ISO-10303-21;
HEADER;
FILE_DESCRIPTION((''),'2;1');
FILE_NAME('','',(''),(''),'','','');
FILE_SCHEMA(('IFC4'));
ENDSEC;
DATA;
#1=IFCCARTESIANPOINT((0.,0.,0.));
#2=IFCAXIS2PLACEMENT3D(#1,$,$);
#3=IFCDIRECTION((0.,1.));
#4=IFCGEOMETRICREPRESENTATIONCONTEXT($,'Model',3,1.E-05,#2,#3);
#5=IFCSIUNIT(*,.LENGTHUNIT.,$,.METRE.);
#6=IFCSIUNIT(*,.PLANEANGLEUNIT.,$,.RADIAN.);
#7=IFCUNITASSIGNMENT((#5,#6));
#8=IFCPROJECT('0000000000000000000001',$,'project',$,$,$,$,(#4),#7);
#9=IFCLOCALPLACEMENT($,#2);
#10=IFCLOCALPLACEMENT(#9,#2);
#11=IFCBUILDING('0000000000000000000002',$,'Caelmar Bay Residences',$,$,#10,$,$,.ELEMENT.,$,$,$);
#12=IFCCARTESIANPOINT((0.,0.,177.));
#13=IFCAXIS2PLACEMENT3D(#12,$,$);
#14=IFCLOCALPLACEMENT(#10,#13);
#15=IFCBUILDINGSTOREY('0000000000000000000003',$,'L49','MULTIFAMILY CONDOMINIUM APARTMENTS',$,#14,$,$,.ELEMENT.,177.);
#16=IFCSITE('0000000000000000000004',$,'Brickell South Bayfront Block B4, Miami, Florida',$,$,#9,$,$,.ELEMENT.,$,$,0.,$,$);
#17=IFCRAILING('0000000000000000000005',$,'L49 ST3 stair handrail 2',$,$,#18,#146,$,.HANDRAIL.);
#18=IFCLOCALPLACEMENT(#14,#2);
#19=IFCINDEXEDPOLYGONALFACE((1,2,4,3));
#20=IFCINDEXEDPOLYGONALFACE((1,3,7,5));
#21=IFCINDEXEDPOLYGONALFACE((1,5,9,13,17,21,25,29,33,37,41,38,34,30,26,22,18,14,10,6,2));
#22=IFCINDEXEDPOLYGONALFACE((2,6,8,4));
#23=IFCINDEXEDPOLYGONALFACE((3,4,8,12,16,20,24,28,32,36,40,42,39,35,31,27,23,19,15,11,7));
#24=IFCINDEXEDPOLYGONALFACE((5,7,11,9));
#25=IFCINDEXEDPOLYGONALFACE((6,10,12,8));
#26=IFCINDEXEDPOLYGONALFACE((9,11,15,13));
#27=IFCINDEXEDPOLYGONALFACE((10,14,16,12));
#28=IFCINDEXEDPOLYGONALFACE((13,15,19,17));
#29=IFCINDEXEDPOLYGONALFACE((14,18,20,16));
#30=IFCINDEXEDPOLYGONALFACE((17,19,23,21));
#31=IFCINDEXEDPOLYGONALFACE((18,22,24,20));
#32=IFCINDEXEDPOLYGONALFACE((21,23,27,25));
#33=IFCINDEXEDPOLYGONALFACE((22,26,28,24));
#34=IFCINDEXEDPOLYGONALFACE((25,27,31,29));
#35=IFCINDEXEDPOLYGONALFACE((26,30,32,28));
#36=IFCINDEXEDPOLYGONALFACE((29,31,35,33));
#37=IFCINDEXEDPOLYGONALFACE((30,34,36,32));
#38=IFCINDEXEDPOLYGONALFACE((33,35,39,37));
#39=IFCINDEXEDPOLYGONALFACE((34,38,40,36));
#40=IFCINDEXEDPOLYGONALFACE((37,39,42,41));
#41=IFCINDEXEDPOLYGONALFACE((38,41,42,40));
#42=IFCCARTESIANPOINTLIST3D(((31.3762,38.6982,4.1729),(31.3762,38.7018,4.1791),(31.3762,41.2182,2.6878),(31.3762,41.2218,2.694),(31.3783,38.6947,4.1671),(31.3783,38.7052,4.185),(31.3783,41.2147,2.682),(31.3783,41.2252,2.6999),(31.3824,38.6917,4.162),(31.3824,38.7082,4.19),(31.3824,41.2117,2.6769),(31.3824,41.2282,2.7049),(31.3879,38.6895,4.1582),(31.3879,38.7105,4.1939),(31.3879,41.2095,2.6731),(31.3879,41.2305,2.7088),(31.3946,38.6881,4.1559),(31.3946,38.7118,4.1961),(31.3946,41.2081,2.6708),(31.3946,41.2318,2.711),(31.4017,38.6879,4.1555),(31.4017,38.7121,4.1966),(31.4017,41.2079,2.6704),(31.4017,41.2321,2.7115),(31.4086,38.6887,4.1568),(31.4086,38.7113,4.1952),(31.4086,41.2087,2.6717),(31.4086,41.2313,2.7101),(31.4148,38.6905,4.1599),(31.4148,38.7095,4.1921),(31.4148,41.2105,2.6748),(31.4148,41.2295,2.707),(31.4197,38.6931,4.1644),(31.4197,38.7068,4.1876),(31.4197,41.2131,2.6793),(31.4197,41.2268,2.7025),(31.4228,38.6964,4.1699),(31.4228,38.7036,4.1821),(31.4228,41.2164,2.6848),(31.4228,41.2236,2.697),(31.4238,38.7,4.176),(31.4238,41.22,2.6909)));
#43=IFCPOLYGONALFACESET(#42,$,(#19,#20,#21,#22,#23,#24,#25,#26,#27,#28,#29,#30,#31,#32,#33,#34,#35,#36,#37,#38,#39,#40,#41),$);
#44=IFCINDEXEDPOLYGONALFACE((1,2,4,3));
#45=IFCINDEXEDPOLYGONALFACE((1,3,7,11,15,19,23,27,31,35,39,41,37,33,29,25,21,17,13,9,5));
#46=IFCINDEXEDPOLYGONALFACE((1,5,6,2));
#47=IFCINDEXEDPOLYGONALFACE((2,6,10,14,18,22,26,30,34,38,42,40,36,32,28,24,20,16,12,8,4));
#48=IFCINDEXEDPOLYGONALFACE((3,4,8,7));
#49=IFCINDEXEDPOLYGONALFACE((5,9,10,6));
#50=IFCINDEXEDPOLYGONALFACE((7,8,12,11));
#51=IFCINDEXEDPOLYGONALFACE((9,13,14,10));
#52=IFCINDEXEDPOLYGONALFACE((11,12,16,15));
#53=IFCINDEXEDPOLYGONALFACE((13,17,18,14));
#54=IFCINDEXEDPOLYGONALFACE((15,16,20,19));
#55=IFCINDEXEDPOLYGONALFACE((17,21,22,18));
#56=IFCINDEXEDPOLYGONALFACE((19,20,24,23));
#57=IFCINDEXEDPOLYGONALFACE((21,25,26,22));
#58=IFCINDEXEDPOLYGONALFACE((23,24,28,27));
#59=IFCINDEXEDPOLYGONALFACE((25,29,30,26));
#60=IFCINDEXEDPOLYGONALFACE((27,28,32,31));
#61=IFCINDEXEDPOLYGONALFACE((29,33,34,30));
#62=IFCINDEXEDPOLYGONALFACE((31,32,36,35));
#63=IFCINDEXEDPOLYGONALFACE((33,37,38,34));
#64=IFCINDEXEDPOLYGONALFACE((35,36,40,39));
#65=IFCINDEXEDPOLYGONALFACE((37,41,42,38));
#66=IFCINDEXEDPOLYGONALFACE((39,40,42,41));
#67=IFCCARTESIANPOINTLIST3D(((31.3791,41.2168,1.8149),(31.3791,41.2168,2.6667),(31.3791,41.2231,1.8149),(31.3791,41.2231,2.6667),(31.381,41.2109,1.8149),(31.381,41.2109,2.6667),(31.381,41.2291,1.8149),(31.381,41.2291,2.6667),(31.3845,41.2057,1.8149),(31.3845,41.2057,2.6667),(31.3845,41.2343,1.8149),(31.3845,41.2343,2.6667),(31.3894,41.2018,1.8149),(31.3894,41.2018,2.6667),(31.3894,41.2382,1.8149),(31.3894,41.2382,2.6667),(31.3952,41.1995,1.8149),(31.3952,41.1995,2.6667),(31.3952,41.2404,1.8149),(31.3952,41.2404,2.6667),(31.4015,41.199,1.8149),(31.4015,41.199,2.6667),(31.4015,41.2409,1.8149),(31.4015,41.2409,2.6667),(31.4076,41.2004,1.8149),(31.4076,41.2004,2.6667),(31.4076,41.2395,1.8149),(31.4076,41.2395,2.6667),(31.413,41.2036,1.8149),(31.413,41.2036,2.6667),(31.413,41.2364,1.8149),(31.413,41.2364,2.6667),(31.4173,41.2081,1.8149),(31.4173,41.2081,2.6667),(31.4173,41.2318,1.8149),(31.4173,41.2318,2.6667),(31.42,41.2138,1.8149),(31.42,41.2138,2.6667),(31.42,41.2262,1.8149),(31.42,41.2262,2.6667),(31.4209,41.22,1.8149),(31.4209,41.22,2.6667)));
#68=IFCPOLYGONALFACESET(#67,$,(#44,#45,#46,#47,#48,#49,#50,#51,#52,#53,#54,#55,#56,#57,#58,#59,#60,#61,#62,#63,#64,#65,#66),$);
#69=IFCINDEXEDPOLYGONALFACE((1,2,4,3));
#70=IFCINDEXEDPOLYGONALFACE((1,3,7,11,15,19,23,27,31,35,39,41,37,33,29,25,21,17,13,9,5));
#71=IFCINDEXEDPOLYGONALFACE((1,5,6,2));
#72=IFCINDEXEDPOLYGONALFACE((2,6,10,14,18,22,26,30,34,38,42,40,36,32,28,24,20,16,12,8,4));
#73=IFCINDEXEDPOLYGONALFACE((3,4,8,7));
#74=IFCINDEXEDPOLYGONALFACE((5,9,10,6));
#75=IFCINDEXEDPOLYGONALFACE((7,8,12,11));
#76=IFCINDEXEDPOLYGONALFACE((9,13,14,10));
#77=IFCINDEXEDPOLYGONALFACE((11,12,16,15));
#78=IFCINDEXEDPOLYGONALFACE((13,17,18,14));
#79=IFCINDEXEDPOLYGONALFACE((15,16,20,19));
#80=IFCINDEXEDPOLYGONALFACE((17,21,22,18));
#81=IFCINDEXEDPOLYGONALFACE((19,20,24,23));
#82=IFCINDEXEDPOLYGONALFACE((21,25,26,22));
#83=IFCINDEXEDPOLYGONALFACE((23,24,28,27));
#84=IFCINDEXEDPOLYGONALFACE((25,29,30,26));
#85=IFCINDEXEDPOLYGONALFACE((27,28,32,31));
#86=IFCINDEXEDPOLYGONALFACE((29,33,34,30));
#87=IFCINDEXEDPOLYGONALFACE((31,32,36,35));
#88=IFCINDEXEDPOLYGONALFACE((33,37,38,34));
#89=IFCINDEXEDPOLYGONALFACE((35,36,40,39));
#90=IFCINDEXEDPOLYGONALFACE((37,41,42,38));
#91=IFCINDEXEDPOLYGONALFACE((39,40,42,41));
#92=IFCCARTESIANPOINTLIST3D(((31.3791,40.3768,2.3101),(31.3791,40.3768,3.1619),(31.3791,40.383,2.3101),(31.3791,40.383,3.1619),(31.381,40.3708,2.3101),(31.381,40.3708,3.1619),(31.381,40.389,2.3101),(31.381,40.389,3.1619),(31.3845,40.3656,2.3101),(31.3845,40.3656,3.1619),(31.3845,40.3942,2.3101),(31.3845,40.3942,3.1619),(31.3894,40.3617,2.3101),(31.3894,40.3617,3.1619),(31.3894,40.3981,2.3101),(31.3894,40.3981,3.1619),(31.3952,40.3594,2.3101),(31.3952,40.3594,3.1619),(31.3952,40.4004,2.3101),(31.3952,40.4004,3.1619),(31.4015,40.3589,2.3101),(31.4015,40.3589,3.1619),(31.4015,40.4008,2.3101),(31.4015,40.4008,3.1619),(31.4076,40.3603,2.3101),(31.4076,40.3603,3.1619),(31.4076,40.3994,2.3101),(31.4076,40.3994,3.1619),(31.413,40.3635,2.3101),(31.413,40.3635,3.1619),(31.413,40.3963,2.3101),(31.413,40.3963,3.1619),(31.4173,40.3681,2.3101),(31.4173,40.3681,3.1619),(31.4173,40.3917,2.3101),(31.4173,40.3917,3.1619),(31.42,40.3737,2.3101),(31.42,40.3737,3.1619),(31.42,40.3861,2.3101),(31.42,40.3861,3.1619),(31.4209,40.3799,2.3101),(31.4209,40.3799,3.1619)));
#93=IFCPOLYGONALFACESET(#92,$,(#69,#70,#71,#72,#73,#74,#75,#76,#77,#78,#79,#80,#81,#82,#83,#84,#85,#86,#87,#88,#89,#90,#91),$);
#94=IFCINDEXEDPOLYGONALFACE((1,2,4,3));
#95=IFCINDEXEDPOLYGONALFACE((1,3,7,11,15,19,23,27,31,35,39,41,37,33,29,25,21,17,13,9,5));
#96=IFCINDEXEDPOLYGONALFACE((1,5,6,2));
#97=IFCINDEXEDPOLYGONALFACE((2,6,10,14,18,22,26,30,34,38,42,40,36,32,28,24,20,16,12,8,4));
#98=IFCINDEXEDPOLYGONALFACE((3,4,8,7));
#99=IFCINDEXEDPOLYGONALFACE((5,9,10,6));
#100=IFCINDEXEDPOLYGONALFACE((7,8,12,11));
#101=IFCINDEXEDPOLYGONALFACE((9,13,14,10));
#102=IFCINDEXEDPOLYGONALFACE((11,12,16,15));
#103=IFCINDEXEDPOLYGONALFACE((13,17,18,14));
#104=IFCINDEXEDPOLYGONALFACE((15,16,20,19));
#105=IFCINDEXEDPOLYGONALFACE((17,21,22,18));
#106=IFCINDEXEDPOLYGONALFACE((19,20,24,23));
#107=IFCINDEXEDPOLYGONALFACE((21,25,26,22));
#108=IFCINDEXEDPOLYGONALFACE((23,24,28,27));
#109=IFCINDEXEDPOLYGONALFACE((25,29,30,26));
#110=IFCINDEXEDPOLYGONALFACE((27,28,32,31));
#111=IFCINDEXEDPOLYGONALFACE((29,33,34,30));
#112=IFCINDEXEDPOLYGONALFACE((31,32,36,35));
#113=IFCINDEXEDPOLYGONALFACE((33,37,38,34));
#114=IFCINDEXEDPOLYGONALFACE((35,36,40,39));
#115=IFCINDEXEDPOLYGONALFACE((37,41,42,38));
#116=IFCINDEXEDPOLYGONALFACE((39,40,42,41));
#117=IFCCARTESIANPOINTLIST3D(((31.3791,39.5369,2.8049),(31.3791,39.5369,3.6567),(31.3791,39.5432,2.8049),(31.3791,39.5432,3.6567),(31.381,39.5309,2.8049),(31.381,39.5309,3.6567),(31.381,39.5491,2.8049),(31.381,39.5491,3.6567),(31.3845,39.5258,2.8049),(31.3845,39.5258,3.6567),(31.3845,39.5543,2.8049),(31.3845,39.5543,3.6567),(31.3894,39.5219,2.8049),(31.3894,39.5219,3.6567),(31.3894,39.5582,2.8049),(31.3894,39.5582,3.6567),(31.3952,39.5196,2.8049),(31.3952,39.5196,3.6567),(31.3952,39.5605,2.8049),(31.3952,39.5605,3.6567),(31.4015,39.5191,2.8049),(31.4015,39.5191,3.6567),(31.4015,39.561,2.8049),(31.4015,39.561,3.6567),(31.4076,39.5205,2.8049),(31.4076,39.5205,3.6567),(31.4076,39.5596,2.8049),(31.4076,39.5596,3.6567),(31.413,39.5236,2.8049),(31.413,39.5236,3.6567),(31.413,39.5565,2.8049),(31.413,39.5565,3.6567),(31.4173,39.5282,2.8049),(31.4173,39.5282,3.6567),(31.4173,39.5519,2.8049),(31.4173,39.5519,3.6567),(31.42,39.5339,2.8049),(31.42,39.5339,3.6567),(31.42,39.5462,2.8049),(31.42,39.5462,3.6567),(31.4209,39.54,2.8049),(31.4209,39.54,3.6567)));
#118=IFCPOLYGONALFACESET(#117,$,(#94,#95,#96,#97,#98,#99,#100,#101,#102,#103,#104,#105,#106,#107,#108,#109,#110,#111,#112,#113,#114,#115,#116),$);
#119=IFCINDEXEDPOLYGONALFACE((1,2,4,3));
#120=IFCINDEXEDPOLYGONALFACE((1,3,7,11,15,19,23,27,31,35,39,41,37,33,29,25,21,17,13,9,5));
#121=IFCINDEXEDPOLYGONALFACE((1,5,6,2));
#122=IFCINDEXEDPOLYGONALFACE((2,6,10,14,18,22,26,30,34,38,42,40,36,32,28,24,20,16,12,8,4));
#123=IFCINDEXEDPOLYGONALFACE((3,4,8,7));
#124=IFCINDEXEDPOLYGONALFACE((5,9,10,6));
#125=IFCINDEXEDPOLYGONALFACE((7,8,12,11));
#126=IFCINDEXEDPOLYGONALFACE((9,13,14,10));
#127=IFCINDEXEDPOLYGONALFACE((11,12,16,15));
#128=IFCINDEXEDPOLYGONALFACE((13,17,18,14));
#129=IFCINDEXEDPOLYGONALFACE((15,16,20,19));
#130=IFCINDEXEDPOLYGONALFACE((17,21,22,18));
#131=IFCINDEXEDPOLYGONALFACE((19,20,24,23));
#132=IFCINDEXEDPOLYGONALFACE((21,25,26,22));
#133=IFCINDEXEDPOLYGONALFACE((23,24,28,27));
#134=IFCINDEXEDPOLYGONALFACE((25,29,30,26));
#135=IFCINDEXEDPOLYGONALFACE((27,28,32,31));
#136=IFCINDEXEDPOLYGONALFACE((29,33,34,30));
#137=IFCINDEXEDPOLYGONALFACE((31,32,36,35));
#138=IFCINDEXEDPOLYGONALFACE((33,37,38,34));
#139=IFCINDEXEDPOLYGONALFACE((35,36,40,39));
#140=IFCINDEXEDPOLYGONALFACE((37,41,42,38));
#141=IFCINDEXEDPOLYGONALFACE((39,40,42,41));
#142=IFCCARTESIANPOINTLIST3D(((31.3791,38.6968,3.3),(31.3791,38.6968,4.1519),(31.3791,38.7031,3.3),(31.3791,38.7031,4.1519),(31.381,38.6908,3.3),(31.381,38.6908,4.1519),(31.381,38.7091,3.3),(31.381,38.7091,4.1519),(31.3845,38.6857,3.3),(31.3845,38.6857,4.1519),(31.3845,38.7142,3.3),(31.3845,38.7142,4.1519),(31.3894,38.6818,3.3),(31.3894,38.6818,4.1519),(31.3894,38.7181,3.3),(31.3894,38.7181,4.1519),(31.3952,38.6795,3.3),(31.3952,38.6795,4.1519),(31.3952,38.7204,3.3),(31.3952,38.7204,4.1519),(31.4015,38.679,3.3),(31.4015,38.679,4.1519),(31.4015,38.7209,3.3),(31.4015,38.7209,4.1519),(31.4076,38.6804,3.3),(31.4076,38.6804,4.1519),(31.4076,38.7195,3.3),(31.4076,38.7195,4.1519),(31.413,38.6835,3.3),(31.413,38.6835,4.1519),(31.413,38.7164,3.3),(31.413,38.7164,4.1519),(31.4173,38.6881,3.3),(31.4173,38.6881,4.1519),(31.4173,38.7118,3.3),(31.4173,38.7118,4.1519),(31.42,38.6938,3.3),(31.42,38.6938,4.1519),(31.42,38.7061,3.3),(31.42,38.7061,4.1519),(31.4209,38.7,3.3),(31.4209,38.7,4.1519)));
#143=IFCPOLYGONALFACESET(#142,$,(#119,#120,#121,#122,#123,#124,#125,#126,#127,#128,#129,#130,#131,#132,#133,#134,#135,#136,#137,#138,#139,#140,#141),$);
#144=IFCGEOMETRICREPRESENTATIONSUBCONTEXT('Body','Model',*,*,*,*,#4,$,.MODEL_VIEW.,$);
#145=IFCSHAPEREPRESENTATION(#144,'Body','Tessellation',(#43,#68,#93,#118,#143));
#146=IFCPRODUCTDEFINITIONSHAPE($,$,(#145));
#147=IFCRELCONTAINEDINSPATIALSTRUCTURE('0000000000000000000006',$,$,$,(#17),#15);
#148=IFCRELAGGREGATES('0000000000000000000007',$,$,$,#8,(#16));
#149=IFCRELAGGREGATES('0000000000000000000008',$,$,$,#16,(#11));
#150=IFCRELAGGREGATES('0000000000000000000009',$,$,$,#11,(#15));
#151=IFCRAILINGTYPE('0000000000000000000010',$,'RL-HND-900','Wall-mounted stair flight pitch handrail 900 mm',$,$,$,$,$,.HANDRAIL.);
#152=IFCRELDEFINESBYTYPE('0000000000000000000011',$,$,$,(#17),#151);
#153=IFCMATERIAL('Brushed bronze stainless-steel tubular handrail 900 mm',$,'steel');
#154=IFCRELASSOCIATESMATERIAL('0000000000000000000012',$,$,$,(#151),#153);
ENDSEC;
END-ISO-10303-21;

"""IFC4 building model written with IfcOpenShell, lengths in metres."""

from ifc_helpers import new_model, si_unit, direction, frame, origin, origin_2d, place, context, subcontext, project, spatial, circle, extrude, material, type_object, element, save


model = new_model("IFC4")

# Units and contexts
model_context = context("Model", 3, precision=1e-05, world=origin(), true_north=direction((0.0, 1.0)))
body_context = subcontext(model_context, "Body", "Model", "MODEL_VIEW")
ifc_project = project(units=[si_unit("LENGTHUNIT", "METRE"), si_unit("PLANEANGLEUNIT", "RADIAN")], contexts=[model_context])

# Site, building, storey
site_placement = place(None, origin())
site = spatial("IfcSite", under=ifc_project, at=site_placement, Name="Brickell South Bayfront Block B4, Miami, Florida", CompositionType="ELEMENT", RefElevation=0.0)
building_placement = place(site_placement, origin())
building = spatial("IfcBuilding", under=site, at=building_placement, Name="Caelmar Bay Residences", CompositionType="ELEMENT")
storey_placement = place(building_placement, frame((0.0, 0.0, 177.0)))
storey = spatial("IfcBuildingStorey", under=building, at=storey_placement, Name="L49", Description="MULTIFAMILY CONDOMINIUM APARTMENTS", CompositionType="ELEMENT", Elevation=177.0)

# Railing
ifc_material_1 = material(Name="Brushed bronze stainless-steel tubular handrail 900 mm", Category="steel")
railing_type_1 = type_object("IfcRailingType", Name="RL-HND-900", Description="Wall-mounted stair flight pitch handrail 900 mm", PredefinedType="HANDRAIL", material=ifc_material_1)
railing_1_placement = place(storey_placement, frame((31.3999, 41.22, 1.8149)))
element("IfcRailing", 1, at=railing_1_placement, inside=storey, type_object=railing_type_1, Name="L49 ST3 stair handrail 2", PredefinedType="HANDRAIL", context=body_context, shape_type="SweptSolid", body=[
    extrude(circle(Radius=0.0239, at=origin_2d()), frame((0.0, 0.0, 0.876), z_axis=(0.0, -0.861524, 0.507717), x_axis=(1.0, 0.0, 0.0)), (0.0, 0.0, 1.0), 2.925),
    extrude(circle(Radius=0.021, at=origin_2d()), origin(), (0.0, 0.0, 1.0), 0.8518),
    extrude(circle(Radius=0.021, at=origin_2d()), frame((0.0, -0.8401, 0.4951)), (0.0, 0.0, 1.0), 0.8518),
    extrude(circle(Radius=0.021, at=origin_2d()), frame((0.0, -1.6799, 0.99)), (0.0, 0.0, 1.0), 0.8518),
    extrude(circle(Radius=0.021, at=origin_2d()), frame((0.0, -2.52, 1.4851)), (0.0, 0.0, 1.0), 0.8518),
])

save(model, "model.ifc")
